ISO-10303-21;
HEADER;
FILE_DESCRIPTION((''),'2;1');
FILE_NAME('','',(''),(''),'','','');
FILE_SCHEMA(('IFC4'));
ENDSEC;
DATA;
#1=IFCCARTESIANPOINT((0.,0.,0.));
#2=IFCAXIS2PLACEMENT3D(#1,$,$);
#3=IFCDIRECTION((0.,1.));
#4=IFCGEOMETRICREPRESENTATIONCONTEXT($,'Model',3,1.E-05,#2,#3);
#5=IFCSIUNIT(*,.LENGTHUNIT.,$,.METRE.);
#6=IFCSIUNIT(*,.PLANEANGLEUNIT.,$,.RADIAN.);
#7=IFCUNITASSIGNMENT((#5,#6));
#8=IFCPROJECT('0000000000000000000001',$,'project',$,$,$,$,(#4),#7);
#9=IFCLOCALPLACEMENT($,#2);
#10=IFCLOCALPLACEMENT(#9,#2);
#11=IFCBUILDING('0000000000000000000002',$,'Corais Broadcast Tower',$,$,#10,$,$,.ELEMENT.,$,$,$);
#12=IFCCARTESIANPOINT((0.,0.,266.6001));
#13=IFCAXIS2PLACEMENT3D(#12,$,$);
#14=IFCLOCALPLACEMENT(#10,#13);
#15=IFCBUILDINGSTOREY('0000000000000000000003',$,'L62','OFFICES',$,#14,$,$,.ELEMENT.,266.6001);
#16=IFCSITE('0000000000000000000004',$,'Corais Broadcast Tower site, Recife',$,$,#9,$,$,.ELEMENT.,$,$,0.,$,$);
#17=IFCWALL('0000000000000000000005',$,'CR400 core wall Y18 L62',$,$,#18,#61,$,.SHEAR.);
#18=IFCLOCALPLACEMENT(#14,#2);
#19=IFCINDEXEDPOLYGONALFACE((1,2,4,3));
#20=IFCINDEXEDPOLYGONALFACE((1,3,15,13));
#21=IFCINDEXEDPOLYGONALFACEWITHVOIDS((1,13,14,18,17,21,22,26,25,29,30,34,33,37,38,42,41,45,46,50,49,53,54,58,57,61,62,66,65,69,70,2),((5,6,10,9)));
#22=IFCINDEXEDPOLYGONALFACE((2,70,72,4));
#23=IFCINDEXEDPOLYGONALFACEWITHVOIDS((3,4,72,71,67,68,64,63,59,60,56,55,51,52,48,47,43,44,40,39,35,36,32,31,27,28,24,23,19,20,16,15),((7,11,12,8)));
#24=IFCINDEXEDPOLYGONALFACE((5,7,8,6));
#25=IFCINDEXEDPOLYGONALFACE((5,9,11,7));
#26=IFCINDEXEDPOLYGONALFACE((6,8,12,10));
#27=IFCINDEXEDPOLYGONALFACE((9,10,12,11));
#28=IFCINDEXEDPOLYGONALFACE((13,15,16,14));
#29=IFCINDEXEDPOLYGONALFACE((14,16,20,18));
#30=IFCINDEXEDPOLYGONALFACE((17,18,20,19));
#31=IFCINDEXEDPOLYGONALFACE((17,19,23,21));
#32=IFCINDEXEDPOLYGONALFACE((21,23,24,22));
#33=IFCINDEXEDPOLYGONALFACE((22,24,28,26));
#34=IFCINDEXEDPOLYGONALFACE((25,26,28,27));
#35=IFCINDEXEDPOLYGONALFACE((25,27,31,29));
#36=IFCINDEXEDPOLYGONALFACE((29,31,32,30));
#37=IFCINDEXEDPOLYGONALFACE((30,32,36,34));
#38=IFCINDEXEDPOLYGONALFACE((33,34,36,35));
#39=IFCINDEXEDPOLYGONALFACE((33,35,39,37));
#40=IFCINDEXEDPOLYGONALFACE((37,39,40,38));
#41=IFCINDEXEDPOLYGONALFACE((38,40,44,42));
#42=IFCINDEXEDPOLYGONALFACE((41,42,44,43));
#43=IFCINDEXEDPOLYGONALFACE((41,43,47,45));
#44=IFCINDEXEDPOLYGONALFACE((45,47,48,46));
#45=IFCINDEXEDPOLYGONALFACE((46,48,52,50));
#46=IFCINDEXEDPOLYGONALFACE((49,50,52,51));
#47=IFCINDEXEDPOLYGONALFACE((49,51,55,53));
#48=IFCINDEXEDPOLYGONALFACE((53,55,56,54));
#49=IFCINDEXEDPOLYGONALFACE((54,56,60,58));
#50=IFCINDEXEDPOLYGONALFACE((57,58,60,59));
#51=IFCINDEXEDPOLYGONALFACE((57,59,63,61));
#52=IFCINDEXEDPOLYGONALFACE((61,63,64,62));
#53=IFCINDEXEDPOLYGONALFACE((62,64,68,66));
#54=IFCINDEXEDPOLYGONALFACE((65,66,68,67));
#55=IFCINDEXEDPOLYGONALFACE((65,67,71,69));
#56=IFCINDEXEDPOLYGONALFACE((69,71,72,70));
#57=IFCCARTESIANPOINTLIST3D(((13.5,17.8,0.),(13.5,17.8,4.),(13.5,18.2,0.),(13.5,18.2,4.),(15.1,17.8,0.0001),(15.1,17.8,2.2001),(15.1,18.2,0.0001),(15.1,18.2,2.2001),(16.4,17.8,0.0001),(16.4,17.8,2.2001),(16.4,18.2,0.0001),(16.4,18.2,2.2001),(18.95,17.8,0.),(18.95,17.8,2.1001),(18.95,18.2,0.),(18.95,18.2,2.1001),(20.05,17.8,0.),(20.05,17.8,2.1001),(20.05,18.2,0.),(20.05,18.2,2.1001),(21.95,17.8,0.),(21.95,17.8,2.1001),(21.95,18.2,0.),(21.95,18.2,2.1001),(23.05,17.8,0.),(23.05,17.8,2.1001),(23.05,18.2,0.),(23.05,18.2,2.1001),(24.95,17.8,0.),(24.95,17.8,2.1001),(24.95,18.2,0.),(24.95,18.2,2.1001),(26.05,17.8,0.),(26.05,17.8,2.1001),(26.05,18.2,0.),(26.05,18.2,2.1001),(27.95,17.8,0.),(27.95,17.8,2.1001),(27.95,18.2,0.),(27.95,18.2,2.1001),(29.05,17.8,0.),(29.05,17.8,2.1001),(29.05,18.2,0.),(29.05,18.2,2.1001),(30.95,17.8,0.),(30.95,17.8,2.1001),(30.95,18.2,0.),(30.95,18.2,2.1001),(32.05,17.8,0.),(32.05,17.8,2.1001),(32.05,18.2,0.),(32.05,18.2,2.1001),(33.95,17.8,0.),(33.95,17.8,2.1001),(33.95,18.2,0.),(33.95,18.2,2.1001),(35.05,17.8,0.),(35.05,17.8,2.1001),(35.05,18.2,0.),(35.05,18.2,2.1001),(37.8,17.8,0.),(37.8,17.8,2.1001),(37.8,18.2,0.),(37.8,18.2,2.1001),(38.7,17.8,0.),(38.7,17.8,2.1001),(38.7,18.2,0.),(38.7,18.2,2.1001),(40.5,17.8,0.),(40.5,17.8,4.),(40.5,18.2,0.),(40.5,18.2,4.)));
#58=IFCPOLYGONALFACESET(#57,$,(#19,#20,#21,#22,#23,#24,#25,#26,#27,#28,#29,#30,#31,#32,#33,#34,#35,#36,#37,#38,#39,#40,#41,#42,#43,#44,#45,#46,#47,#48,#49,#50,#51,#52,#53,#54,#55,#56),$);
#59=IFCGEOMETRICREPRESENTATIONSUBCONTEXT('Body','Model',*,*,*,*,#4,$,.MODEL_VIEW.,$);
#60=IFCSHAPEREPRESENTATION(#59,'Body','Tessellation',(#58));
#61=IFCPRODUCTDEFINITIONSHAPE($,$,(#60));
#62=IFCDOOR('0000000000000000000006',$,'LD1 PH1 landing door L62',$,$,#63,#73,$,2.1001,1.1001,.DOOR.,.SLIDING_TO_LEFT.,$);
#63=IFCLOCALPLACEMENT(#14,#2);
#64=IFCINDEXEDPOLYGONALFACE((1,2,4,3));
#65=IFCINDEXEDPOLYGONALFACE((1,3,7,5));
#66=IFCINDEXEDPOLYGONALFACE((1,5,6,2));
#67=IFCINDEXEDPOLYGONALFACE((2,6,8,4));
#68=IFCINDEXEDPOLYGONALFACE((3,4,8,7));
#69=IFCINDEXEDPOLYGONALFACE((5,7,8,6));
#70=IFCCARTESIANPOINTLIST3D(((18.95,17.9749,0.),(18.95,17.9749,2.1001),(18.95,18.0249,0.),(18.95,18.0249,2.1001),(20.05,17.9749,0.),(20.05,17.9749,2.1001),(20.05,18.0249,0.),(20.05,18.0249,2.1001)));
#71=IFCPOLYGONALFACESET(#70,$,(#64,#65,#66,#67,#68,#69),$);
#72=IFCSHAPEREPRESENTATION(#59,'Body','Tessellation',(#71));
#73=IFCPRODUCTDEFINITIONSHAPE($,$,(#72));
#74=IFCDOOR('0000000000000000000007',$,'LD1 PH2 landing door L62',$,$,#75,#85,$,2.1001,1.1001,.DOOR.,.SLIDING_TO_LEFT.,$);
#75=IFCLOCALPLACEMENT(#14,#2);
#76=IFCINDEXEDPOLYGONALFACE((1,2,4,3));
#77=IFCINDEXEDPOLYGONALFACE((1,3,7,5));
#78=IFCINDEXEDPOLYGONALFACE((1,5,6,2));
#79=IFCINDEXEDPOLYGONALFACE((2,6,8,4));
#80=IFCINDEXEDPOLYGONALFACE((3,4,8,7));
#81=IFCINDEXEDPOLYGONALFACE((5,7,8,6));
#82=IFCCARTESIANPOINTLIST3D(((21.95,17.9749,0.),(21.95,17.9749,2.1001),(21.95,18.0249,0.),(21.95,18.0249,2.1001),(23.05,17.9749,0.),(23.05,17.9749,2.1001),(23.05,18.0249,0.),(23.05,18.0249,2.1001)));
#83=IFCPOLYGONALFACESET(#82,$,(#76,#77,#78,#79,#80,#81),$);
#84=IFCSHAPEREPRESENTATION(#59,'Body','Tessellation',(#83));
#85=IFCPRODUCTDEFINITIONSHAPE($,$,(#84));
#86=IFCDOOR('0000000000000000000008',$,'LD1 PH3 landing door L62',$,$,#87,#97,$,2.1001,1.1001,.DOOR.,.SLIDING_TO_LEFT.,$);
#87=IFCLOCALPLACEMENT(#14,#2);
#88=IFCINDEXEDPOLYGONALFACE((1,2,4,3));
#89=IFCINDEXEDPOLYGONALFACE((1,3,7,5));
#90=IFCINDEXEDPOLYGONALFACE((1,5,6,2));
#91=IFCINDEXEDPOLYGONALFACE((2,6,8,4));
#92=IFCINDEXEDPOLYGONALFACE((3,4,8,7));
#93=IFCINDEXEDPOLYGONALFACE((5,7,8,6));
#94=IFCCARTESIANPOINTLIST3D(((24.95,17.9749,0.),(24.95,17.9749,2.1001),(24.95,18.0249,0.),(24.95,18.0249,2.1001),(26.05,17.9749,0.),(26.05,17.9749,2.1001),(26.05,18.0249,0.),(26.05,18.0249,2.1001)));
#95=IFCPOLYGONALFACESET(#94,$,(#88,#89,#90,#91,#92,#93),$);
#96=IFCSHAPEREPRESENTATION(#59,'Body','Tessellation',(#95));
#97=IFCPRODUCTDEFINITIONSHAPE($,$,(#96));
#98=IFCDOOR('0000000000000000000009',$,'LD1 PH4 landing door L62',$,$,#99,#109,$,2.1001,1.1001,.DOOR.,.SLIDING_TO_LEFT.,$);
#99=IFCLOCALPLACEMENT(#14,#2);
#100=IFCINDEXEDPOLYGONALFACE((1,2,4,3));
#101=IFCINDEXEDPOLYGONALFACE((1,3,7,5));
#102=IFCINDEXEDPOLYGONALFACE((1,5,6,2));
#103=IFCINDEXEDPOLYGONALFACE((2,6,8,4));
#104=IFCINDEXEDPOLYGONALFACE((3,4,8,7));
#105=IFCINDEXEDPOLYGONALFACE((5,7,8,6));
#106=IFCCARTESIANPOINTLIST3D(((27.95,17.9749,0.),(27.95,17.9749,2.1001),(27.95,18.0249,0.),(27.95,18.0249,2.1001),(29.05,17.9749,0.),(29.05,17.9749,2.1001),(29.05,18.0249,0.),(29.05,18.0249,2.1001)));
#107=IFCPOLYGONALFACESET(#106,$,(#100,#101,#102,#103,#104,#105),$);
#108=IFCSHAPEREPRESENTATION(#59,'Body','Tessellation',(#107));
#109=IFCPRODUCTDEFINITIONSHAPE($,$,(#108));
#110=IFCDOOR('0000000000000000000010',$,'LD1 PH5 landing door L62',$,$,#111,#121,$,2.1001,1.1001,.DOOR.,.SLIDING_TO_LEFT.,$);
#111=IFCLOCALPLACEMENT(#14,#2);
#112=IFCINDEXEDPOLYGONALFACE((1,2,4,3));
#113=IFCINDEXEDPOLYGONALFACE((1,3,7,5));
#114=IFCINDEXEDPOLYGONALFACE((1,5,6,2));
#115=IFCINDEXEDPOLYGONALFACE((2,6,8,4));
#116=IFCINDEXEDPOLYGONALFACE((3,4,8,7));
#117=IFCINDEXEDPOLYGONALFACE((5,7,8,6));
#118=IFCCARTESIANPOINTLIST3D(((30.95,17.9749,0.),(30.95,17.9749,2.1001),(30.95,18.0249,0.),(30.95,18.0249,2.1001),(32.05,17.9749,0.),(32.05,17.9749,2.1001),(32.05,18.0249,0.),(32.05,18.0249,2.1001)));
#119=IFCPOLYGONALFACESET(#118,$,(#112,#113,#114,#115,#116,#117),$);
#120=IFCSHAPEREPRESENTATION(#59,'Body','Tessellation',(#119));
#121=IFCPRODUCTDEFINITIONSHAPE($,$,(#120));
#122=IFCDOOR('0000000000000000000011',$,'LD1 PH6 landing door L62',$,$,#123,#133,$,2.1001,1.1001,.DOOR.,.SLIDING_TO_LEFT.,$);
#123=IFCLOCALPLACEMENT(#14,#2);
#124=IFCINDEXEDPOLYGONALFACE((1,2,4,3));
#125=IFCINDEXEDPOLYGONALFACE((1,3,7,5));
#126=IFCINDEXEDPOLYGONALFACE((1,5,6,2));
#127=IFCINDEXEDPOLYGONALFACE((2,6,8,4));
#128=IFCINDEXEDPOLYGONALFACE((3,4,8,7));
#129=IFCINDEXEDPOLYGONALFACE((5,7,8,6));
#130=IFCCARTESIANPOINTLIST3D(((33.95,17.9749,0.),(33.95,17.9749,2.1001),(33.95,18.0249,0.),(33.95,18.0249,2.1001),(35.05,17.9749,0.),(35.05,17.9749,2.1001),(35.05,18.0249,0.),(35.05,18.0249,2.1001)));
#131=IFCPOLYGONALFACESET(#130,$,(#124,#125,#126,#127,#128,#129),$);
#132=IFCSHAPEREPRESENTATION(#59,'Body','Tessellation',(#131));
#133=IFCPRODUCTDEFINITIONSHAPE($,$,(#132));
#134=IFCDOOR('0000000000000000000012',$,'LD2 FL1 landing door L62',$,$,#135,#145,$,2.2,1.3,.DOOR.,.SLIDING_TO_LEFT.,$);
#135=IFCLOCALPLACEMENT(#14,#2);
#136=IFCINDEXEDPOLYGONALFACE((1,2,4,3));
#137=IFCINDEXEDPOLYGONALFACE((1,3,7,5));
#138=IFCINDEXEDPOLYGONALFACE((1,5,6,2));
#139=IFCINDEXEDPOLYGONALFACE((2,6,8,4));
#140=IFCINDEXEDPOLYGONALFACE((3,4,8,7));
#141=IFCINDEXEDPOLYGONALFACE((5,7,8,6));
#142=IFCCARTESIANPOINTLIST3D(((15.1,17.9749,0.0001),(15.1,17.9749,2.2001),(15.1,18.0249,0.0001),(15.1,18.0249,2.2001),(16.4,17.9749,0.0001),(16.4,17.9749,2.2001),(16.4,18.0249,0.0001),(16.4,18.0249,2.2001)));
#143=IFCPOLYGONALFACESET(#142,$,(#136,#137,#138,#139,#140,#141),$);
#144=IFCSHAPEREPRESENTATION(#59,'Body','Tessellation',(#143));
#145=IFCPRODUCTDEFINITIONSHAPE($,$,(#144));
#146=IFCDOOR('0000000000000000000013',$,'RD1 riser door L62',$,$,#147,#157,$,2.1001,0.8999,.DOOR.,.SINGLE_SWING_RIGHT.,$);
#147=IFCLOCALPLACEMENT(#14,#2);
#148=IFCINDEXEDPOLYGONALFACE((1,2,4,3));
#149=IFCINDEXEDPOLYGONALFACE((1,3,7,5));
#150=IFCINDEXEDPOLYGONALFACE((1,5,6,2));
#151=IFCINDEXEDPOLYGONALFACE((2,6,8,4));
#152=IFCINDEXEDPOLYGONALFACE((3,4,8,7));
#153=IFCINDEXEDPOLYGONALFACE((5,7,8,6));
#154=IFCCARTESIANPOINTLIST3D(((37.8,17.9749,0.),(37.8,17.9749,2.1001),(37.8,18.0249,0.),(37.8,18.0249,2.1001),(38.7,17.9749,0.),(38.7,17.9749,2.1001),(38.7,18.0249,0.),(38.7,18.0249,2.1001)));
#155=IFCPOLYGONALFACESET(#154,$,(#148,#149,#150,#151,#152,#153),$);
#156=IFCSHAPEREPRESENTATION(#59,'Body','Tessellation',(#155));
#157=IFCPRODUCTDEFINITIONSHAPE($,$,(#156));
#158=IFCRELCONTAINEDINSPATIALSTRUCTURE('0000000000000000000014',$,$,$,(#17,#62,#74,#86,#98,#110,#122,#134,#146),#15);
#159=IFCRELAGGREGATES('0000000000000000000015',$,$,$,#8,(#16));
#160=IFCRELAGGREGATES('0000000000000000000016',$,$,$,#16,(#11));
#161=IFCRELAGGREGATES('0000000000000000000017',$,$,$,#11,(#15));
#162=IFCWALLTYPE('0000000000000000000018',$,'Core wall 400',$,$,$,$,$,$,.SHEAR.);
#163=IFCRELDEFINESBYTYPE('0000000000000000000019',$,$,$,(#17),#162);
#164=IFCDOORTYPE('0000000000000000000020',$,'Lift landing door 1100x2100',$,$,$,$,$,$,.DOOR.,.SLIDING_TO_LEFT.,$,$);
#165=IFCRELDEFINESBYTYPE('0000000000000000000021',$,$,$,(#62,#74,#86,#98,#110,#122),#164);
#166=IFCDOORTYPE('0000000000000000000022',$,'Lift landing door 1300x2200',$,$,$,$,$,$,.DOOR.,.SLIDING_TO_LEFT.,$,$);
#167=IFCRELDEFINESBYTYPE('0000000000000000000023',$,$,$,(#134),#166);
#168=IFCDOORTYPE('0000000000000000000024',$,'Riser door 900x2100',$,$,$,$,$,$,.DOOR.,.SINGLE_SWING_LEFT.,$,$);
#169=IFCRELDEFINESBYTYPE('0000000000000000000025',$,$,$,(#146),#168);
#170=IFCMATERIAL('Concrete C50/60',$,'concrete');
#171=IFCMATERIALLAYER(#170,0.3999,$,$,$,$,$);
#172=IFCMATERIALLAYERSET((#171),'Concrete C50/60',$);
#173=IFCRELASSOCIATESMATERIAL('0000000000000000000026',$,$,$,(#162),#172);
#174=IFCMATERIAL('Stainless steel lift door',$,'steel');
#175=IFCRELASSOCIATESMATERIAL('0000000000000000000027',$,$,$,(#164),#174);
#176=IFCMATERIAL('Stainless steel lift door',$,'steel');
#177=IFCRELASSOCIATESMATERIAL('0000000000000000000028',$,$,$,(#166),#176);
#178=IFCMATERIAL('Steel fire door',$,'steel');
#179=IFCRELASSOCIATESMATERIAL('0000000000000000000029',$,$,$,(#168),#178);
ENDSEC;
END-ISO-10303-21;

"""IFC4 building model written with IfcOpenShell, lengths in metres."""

from ifc_helpers import new_model, si_unit, direction, frame, frame_2d, origin, place, context, subcontext, project, spatial, rectangle, extrude, material, layer, layer_set, type_object, element, fill, save


model = new_model("IFC4")

# Units and contexts
model_context = context("Model", 3, precision=1e-05, world=origin(), true_north=direction((0.0, 1.0)))
body_context = subcontext(model_context, "Body", "Model", "MODEL_VIEW")
ifc_project = project(units=[si_unit("LENGTHUNIT", "METRE"), si_unit("PLANEANGLEUNIT", "RADIAN")], contexts=[model_context])

# Site, building, storey
site_placement = place(None, origin())
site = spatial("IfcSite", under=ifc_project, at=site_placement, Name="Corais Broadcast Tower site, Recife", CompositionType="ELEMENT", RefElevation=0.0)
building_placement = place(site_placement, origin())
building = spatial("IfcBuilding", under=site, at=building_placement, Name="Corais Broadcast Tower", CompositionType="ELEMENT")
storey_placement = place(building_placement, frame((0.0, 0.0, 266.6001)))
storey = spatial("IfcBuildingStorey", under=building, at=storey_placement, Name="L62", Description="OFFICES", CompositionType="ELEMENT", Elevation=266.6001)

# Wall, openings, doors
ifc_material_1 = material(Name="Concrete C50/60", Category="concrete")
ifc_layer_1 = layer(ifc_material_1, 0.3999)
ifc_layer_set_1 = layer_set([ifc_layer_1], Name="Concrete C50/60")
wall_type_1 = type_object("IfcWallType", Name="Core wall 400", PredefinedType="SHEAR", material=ifc_layer_set_1)
wall_1_placement = place(storey_placement, frame((13.5, 18.0, 0.0), z_axis=(0.0, 0.0, 1.0), x_axis=(1.0, 0.0, 0.0)))
wall_1 = element("IfcWall", 1, at=wall_1_placement, inside=storey, type_object=wall_type_1, Name="CR400 core wall Y18 L62", PredefinedType="SHEAR", context=body_context, shape_type="SweptSolid", body=[
    extrude(rectangle(XDim=27.0, YDim=0.3999, at=frame_2d((13.5, 0.0))), origin(), (0.0, 0.0, 1.0), 4.0),
])
opening_1_placement = place(wall_1_placement, frame((24.3, 0.0, 0.0)))
opening_1 = element("IfcOpeningElement", 2, at=opening_1_placement, cuts=wall_1, PredefinedType="OPENING", context=body_context, shape_type="SweptSolid", body=[
    extrude(rectangle(XDim=0.8999, YDim=2.1001, at=frame_2d((0.45, 1.05))), frame((0.0, 0.21, 0.0), z_axis=(0.0, -1.0, 0.0), x_axis=(1.0, 0.0, 0.0)), (0.0, 0.0, 1.0), 0.4199),
])
opening_2_placement = place(wall_1_placement, frame((5.45, 0.0, 0.0)))
opening_2 = element("IfcOpeningElement", 3, at=opening_2_placement, cuts=wall_1, PredefinedType="OPENING", context=body_context, shape_type="SweptSolid", body=[
    extrude(rectangle(XDim=1.1001, YDim=2.1001, at=frame_2d((0.55, 1.05))), frame((0.0, 0.21, 0.0), z_axis=(0.0, -1.0, 0.0), x_axis=(1.0, 0.0, 0.0)), (0.0, 0.0, 1.0), 0.4199),
])
opening_3_placement = place(wall_1_placement, frame((8.45, 0.0, 0.0)))
opening_3 = element("IfcOpeningElement", 4, at=opening_3_placement, cuts=wall_1, PredefinedType="OPENING", context=body_context, shape_type="SweptSolid", body=[
    extrude(rectangle(XDim=1.1001, YDim=2.1001, at=frame_2d((0.55, 1.05))), frame((0.0, 0.21, 0.0), z_axis=(0.0, -1.0, 0.0), x_axis=(1.0, 0.0, 0.0)), (0.0, 0.0, 1.0), 0.4199),
])
opening_4_placement = place(wall_1_placement, frame((11.45, 0.0, 0.0)))
opening_4 = element("IfcOpeningElement", 5, at=opening_4_placement, cuts=wall_1, PredefinedType="OPENING", context=body_context, shape_type="SweptSolid", body=[
    extrude(rectangle(XDim=1.1001, YDim=2.1001, at=frame_2d((0.55, 1.05))), frame((0.0, 0.21, 0.0), z_axis=(0.0, -1.0, 0.0), x_axis=(1.0, 0.0, 0.0)), (0.0, 0.0, 1.0), 0.4199),
])
opening_5_placement = place(wall_1_placement, frame((14.45, 0.0, 0.0)))
opening_5 = element("IfcOpeningElement", 6, at=opening_5_placement, cuts=wall_1, PredefinedType="OPENING", context=body_context, shape_type="SweptSolid", body=[
    extrude(rectangle(XDim=1.1001, YDim=2.1001, at=frame_2d((0.55, 1.05))), frame((0.0, 0.21, 0.0), z_axis=(0.0, -1.0, 0.0), x_axis=(1.0, 0.0, 0.0)), (0.0, 0.0, 1.0), 0.4199),
])
opening_6_placement = place(wall_1_placement, frame((17.45, 0.0, 0.0)))
opening_6 = element("IfcOpeningElement", 7, at=opening_6_placement, cuts=wall_1, PredefinedType="OPENING", context=body_context, shape_type="SweptSolid", body=[
    extrude(rectangle(XDim=1.1001, YDim=2.1001, at=frame_2d((0.55, 1.05))), frame((0.0, 0.21, 0.0), z_axis=(0.0, -1.0, 0.0), x_axis=(1.0, 0.0, 0.0)), (0.0, 0.0, 1.0), 0.4199),
])
opening_7_placement = place(wall_1_placement, frame((20.45, 0.0, 0.0)))
opening_7 = element("IfcOpeningElement", 8, at=opening_7_placement, cuts=wall_1, PredefinedType="OPENING", context=body_context, shape_type="SweptSolid", body=[
    extrude(rectangle(XDim=1.1001, YDim=2.1001, at=frame_2d((0.55, 1.05))), frame((0.0, 0.21, 0.0), z_axis=(0.0, -1.0, 0.0), x_axis=(1.0, 0.0, 0.0)), (0.0, 0.0, 1.0), 0.4199),
])
opening_8_placement = place(wall_1_placement, frame((1.6001, 0.0, 0.0)))
opening_8 = element("IfcOpeningElement", 9, at=opening_8_placement, cuts=wall_1, PredefinedType="OPENING", context=body_context, shape_type="SweptSolid", body=[
    extrude(rectangle(XDim=1.3, YDim=2.2, at=frame_2d((0.6499, 1.1001))), frame((0.0, 0.21, 0.0), z_axis=(0.0, -1.0, 0.0), x_axis=(1.0, 0.0, 0.0)), (0.0, 0.0, 1.0), 0.4199),
])
ifc_material_2 = material(Name="Stainless steel lift door", Category="steel")
door_type_1 = type_object("IfcDoorType", Name="Lift landing door 1100x2100", OperationType="SLIDING_TO_LEFT", PredefinedType="DOOR", material=ifc_material_2)
door_1_placement = place(opening_2_placement, origin())
door_1 = element("IfcDoor", 10, at=door_1_placement, inside=storey, type_object=door_type_1, Name="LD1 PH1 landing door L62", OperationType="SLIDING_TO_LEFT", OverallHeight=2.1001, OverallWidth=1.1001, PredefinedType="DOOR", context=body_context, shape_type="SweptSolid", body=[
    extrude(rectangle(XDim=1.1001, YDim=2.1001, at=frame_2d((0.55, 1.05))), frame((0.0, 0.0249, 0.0), z_axis=(0.0, -1.0, 0.0), x_axis=(1.0, 0.0, 0.0)), (0.0, 0.0, 1.0), 0.05),
])
fill(opening_2, door_1)
door_2_placement = place(opening_3_placement, origin())
door_2 = element("IfcDoor", 11, at=door_2_placement, inside=storey, type_object=door_type_1, Name="LD1 PH2 landing door L62", OperationType="SLIDING_TO_LEFT", OverallHeight=2.1001, OverallWidth=1.1001, PredefinedType="DOOR", context=body_context, shape_type="SweptSolid", body=[
    extrude(rectangle(XDim=1.1001, YDim=2.1001, at=frame_2d((0.55, 1.05))), frame((0.0, 0.0249, 0.0), z_axis=(0.0, -1.0, 0.0), x_axis=(1.0, 0.0, 0.0)), (0.0, 0.0, 1.0), 0.05),
])
fill(opening_3, door_2)
door_3_placement = place(opening_4_placement, origin())
door_3 = element("IfcDoor", 12, at=door_3_placement, inside=storey, type_object=door_type_1, Name="LD1 PH3 landing door L62", OperationType="SLIDING_TO_LEFT", OverallHeight=2.1001, OverallWidth=1.1001, PredefinedType="DOOR", context=body_context, shape_type="SweptSolid", body=[
    extrude(rectangle(XDim=1.1001, YDim=2.1001, at=frame_2d((0.55, 1.05))), frame((0.0, 0.0249, 0.0), z_axis=(0.0, -1.0, 0.0), x_axis=(1.0, 0.0, 0.0)), (0.0, 0.0, 1.0), 0.05),
])
fill(opening_4, door_3)
door_4_placement = place(opening_5_placement, origin())
door_4 = element("IfcDoor", 13, at=door_4_placement, inside=storey, type_object=door_type_1, Name="LD1 PH4 landing door L62", OperationType="SLIDING_TO_LEFT", OverallHeight=2.1001, OverallWidth=1.1001, PredefinedType="DOOR", context=body_context, shape_type="SweptSolid", body=[
    extrude(rectangle(XDim=1.1001, YDim=2.1001, at=frame_2d((0.55, 1.05))), frame((0.0, 0.0249, 0.0), z_axis=(0.0, -1.0, 0.0), x_axis=(1.0, 0.0, 0.0)), (0.0, 0.0, 1.0), 0.05),
])
fill(opening_5, door_4)
door_5_placement = place(opening_6_placement, origin())
door_5 = element("IfcDoor", 14, at=door_5_placement, inside=storey, type_object=door_type_1, Name="LD1 PH5 landing door L62", OperationType="SLIDING_TO_LEFT", OverallHeight=2.1001, OverallWidth=1.1001, PredefinedType="DOOR", context=body_context, shape_type="SweptSolid", body=[
    extrude(rectangle(XDim=1.1001, YDim=2.1001, at=frame_2d((0.55, 1.05))), frame((0.0, 0.0249, 0.0), z_axis=(0.0, -1.0, 0.0), x_axis=(1.0, 0.0, 0.0)), (0.0, 0.0, 1.0), 0.05),
])
fill(opening_6, door_5)
door_6_placement = place(opening_7_placement, origin())
door_6 = element("IfcDoor", 15, at=door_6_placement, inside=storey, type_object=door_type_1, Name="LD1 PH6 landing door L62", OperationType="SLIDING_TO_LEFT", OverallHeight=2.1001, OverallWidth=1.1001, PredefinedType="DOOR", context=body_context, shape_type="SweptSolid", body=[
    extrude(rectangle(XDim=1.1001, YDim=2.1001, at=frame_2d((0.55, 1.05))), frame((0.0, 0.0249, 0.0), z_axis=(0.0, -1.0, 0.0), x_axis=(1.0, 0.0, 0.0)), (0.0, 0.0, 1.0), 0.05),
])
fill(opening_7, door_6)
ifc_material_3 = material(Name="Stainless steel lift door", Category="steel")
door_type_2 = type_object("IfcDoorType", Name="Lift landing door 1300x2200", OperationType="SLIDING_TO_LEFT", PredefinedType="DOOR", material=ifc_material_3)
door_7_placement = place(opening_8_placement, origin())
door_7 = element("IfcDoor", 16, at=door_7_placement, inside=storey, type_object=door_type_2, Name="LD2 FL1 landing door L62", OperationType="SLIDING_TO_LEFT", OverallHeight=2.2, OverallWidth=1.3, PredefinedType="DOOR", context=body_context, shape_type="SweptSolid", body=[
    extrude(rectangle(XDim=1.3, YDim=2.2, at=frame_2d((0.6499, 1.1001))), frame((0.0, 0.0249, 0.0), z_axis=(0.0, -1.0, 0.0), x_axis=(1.0, 0.0, 0.0)), (0.0, 0.0, 1.0), 0.05),
])
fill(opening_8, door_7)
ifc_material_4 = material(Name="Steel fire door", Category="steel")
door_type_3 = type_object("IfcDoorType", Name="Riser door 900x2100", OperationType="SINGLE_SWING_LEFT", PredefinedType="DOOR", material=ifc_material_4)
door_8_placement = place(opening_1_placement, origin())
door_8 = element("IfcDoor", 17, at=door_8_placement, inside=storey, type_object=door_type_3, Name="RD1 riser door L62", OperationType="SINGLE_SWING_RIGHT", OverallHeight=2.1001, OverallWidth=0.8999, PredefinedType="DOOR", context=body_context, shape_type="SweptSolid", body=[
    extrude(rectangle(XDim=0.8999, YDim=2.1001, at=frame_2d((0.45, 1.05))), frame((0.0, 0.0249, 0.0), z_axis=(0.0, -1.0, 0.0), x_axis=(1.0, 0.0, 0.0)), (0.0, 0.0, 1.0), 0.05),
])
fill(opening_1, door_8)

save(model, "model.ifc")
